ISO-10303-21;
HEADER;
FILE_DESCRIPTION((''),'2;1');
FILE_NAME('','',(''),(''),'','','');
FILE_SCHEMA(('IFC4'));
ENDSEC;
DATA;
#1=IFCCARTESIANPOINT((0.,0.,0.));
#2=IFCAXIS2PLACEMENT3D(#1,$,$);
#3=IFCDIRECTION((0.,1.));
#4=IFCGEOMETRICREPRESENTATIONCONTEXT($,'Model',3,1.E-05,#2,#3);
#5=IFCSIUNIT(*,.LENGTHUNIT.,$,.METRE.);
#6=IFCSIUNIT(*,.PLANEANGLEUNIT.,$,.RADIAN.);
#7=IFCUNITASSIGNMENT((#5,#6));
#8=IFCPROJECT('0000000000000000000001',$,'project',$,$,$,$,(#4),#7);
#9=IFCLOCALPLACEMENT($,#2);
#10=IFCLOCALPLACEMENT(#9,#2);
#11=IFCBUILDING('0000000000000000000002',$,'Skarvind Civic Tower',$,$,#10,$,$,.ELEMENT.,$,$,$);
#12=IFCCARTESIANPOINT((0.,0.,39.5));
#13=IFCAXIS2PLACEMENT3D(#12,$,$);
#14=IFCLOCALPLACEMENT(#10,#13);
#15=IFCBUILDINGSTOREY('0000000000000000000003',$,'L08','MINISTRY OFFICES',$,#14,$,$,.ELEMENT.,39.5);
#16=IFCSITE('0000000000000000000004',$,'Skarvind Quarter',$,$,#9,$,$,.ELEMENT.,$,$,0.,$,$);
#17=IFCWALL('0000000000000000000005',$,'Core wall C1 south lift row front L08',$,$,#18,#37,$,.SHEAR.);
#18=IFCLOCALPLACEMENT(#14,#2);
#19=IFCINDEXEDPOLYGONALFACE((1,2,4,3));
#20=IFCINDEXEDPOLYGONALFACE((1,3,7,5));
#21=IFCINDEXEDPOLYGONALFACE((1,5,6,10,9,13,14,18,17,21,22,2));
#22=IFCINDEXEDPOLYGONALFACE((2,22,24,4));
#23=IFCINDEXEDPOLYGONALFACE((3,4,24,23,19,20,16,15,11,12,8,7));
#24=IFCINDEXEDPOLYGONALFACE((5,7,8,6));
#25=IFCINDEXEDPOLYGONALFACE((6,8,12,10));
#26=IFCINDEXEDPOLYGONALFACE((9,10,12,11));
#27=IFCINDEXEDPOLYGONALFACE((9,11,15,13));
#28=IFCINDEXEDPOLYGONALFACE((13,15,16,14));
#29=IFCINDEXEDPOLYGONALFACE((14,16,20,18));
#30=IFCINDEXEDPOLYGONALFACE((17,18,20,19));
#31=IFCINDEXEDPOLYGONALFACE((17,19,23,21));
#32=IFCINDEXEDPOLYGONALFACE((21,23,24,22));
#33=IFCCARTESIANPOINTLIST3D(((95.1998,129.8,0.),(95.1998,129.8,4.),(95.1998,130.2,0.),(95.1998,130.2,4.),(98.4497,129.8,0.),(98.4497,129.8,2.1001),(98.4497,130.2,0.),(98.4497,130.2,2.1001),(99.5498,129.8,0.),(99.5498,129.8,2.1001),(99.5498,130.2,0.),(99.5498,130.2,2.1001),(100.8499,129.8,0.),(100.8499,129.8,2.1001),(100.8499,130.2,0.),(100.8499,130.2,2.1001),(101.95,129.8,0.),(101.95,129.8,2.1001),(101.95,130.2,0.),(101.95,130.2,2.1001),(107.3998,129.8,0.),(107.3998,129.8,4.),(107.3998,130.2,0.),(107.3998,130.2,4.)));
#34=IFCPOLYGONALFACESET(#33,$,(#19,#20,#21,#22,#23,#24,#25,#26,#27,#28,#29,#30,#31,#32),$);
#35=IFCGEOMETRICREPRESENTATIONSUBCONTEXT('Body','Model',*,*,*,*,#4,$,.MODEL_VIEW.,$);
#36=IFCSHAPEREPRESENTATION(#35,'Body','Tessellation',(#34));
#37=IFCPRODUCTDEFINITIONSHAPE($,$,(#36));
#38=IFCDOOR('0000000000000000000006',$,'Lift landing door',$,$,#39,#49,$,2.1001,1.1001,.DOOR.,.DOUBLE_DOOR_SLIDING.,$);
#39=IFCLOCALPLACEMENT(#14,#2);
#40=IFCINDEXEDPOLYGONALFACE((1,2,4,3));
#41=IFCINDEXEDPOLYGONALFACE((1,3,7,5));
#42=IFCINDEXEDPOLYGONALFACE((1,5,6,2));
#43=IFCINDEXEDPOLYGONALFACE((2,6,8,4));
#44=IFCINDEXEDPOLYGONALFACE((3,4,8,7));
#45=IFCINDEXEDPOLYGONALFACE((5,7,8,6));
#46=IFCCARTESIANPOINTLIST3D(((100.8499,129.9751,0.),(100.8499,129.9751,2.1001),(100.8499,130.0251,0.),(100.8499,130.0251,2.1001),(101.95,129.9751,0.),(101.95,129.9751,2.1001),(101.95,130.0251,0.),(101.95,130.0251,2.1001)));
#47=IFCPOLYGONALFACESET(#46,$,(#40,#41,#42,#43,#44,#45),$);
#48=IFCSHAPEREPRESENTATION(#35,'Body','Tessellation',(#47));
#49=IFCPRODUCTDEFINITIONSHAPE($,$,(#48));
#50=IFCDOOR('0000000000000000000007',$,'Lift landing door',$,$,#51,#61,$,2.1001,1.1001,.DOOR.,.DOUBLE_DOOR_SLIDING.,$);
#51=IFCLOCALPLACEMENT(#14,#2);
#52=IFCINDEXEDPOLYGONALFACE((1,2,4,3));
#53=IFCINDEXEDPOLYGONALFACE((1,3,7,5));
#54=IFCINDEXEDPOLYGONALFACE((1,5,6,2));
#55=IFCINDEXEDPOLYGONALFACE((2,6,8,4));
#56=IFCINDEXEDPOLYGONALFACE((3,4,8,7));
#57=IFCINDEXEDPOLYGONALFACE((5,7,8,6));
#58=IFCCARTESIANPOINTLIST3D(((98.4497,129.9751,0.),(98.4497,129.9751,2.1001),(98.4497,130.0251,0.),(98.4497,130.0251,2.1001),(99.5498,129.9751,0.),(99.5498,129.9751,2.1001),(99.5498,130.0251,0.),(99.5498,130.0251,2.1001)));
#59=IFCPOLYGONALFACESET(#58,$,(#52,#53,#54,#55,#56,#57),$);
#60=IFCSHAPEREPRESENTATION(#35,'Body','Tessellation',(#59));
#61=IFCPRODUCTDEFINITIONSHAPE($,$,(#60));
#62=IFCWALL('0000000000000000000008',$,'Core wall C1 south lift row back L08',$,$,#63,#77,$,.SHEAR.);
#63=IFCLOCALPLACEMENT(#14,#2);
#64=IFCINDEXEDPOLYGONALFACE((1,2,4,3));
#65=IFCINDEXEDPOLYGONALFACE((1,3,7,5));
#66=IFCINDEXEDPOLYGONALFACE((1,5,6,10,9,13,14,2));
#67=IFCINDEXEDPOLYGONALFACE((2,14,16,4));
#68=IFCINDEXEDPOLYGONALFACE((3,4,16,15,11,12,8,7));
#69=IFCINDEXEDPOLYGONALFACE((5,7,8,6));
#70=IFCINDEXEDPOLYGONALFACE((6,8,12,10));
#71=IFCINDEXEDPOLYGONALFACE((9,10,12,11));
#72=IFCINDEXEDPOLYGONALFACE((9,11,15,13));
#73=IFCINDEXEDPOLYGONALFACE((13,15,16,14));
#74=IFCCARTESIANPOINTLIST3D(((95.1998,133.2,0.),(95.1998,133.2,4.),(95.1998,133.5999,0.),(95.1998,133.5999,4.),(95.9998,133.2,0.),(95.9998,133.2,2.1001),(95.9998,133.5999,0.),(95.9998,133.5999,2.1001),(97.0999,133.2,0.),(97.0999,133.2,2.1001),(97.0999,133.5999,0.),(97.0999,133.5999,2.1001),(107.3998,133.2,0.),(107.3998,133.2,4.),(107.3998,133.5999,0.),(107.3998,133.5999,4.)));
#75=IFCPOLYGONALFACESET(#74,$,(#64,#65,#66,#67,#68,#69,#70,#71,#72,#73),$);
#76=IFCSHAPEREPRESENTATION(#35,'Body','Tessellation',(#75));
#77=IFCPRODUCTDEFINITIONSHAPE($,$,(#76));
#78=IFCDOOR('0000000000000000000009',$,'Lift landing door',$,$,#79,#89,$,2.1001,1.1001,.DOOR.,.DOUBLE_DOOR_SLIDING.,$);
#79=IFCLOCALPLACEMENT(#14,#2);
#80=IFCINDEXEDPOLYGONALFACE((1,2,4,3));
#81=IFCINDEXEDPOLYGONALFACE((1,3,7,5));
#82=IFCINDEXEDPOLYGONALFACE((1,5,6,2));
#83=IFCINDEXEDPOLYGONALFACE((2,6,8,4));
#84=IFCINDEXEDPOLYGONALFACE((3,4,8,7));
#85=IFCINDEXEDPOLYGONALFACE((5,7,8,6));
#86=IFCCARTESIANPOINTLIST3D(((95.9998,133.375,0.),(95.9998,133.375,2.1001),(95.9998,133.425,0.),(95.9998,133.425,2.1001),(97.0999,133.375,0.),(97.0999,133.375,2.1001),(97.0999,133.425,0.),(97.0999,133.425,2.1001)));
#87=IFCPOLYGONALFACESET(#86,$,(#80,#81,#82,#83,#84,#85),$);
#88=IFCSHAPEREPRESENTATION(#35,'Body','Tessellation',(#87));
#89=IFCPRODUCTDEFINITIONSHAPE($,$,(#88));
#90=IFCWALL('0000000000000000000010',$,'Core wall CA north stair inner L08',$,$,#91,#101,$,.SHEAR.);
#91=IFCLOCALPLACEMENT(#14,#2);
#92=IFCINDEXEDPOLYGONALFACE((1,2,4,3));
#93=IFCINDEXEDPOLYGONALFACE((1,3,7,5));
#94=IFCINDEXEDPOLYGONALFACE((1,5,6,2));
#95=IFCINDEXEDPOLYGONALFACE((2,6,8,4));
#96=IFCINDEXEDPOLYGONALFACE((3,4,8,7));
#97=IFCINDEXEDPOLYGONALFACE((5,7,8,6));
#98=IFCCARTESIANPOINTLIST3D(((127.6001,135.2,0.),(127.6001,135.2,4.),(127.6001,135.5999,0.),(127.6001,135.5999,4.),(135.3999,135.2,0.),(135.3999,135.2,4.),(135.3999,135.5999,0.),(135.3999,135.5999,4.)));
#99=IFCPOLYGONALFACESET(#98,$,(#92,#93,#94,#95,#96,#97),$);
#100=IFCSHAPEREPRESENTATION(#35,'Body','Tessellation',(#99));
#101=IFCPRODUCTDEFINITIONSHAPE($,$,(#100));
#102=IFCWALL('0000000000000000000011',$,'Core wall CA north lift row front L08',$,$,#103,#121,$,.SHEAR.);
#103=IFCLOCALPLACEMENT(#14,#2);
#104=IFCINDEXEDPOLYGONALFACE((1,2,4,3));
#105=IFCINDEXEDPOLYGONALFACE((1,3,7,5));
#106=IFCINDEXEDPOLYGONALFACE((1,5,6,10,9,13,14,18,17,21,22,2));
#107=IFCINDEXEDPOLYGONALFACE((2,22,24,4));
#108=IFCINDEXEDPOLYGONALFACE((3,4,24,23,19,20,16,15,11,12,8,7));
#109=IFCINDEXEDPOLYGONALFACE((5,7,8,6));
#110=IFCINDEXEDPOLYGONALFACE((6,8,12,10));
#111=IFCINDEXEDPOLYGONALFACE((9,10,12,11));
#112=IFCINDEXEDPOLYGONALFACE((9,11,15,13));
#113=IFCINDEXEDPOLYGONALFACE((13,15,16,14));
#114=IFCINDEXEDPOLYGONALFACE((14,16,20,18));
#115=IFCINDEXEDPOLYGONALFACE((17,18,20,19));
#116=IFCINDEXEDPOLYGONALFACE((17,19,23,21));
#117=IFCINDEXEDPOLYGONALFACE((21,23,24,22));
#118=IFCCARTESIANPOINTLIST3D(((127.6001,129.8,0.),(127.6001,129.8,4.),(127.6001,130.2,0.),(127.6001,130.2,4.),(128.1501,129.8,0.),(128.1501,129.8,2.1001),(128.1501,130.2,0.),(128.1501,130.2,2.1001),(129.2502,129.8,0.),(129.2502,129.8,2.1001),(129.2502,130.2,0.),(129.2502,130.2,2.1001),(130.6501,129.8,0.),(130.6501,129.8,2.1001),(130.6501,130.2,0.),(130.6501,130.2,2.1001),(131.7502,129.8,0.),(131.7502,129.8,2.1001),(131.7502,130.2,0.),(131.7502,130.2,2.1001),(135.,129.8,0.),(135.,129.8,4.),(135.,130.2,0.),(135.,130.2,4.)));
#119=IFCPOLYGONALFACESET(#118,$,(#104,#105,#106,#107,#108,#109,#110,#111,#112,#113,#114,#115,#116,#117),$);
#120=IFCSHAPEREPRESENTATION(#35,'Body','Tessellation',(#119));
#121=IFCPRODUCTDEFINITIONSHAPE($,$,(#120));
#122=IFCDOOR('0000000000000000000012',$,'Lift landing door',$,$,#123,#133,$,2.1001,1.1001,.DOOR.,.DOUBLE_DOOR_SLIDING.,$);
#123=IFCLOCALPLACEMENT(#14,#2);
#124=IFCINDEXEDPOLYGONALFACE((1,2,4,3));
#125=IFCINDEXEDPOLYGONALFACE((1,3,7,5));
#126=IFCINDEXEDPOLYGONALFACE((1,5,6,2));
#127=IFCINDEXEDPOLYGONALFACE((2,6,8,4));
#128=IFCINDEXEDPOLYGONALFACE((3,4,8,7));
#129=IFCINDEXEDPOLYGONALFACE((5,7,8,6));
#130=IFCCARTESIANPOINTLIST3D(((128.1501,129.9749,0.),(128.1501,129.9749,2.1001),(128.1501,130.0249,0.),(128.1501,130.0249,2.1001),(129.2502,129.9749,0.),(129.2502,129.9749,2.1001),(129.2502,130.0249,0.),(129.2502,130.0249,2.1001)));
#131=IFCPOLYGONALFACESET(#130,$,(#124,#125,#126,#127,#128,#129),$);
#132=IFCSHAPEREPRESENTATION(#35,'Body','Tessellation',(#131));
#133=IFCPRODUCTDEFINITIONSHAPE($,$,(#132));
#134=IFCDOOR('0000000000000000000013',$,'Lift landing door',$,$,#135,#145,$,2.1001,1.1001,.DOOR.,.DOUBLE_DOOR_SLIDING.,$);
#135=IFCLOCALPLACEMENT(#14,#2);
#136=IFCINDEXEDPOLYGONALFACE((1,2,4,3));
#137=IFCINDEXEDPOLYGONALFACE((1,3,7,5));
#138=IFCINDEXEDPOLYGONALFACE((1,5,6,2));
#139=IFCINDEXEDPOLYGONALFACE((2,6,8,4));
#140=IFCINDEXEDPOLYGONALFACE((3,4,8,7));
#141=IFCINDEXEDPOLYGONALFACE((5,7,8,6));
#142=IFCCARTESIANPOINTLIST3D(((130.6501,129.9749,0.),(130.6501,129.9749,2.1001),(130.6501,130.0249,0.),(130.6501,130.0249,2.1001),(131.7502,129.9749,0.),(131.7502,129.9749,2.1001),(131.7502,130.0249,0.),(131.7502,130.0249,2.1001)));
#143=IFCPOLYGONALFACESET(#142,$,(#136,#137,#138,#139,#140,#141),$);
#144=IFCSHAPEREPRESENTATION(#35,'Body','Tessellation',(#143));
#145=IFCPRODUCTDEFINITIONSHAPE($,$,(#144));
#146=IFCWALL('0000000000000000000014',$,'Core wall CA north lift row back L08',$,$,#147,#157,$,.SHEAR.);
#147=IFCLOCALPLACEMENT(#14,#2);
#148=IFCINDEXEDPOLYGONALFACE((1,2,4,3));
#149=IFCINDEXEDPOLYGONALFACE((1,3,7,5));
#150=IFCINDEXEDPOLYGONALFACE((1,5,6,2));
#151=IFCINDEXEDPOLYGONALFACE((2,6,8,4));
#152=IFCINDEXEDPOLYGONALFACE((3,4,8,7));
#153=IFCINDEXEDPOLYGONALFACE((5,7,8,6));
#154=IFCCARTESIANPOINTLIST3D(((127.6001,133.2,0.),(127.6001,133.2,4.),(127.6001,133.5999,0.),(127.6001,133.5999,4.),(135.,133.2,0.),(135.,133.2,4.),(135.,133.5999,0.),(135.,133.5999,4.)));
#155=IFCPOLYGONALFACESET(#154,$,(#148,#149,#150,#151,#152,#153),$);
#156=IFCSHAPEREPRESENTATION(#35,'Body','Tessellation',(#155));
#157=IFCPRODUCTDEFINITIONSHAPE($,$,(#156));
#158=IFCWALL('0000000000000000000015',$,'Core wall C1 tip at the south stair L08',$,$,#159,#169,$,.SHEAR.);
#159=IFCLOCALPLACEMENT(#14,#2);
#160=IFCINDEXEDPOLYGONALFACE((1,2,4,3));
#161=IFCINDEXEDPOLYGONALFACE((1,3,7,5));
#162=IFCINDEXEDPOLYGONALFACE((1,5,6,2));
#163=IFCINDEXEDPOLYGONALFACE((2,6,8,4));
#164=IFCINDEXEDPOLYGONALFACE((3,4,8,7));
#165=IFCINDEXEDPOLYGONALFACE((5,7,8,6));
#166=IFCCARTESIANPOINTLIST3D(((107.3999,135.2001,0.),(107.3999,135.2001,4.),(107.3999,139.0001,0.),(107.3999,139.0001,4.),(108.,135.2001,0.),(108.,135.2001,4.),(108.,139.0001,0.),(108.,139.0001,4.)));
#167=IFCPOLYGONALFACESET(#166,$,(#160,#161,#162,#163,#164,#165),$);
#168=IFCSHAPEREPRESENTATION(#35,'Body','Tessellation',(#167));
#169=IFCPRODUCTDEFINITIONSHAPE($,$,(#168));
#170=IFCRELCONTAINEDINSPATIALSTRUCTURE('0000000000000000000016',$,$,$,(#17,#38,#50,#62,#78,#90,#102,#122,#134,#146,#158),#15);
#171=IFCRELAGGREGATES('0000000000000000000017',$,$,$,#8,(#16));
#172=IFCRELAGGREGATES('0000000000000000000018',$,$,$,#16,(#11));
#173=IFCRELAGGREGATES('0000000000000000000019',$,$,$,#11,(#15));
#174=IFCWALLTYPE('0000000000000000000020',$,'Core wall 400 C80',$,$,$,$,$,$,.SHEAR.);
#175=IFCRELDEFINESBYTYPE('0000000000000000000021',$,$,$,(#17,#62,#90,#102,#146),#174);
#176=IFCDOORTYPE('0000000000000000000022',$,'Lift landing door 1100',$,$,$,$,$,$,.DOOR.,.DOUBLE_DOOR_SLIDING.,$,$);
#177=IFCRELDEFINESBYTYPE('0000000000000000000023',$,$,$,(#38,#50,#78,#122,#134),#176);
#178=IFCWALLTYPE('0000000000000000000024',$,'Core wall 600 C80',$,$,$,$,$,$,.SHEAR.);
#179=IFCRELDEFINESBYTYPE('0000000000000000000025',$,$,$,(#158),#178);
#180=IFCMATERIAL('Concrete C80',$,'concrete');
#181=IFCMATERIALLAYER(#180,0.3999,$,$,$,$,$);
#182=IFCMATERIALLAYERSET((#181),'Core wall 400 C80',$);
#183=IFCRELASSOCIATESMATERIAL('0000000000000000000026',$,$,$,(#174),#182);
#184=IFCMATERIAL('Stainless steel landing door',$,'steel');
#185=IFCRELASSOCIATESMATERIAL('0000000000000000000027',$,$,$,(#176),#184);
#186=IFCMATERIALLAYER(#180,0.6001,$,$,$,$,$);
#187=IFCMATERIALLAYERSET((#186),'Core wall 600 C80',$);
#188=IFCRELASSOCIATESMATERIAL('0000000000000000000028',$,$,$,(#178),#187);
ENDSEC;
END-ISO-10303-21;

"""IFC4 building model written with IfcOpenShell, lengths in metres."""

from ifc_helpers import new_model, si_unit, direction, frame, frame_2d, origin, place, context, subcontext, project, spatial, rectangle, extrude, material, layer, layer_set, type_object, element, fill, save


model = new_model("IFC4")

# Units and contexts
model_context = context("Model", 3, precision=1e-05, world=origin(), true_north=direction((0.0, 1.0)))
body_context = subcontext(model_context, "Body", "Model", "MODEL_VIEW")
ifc_project = project(units=[si_unit("LENGTHUNIT", "METRE"), si_unit("PLANEANGLEUNIT", "RADIAN")], contexts=[model_context])

# Site, building, storey
site_placement = place(None, origin())
site = spatial("IfcSite", under=ifc_project, at=site_placement, Name="Skarvind Quarter", CompositionType="ELEMENT", RefElevation=0.0)
building_placement = place(site_placement, origin())
building = spatial("IfcBuilding", under=site, at=building_placement, Name="Skarvind Civic Tower", CompositionType="ELEMENT")
storey_placement = place(building_placement, frame((0.0, 0.0, 39.5)))
storey = spatial("IfcBuildingStorey", under=building, at=storey_placement, Name="L08", Description="MINISTRY OFFICES", CompositionType="ELEMENT", Elevation=39.5)

# Wall, openings, doors
ifc_material_1 = material(Name="Concrete C80", Category="concrete")
ifc_layer_1 = layer(ifc_material_1, 0.3999)
ifc_layer_set_1 = layer_set([ifc_layer_1], Name="Core wall 400 C80")
wall_type_1 = type_object("IfcWallType", Name="Core wall 400 C80", PredefinedType="SHEAR", material=ifc_layer_set_1)
wall_1_placement = place(storey_placement, frame((107.3999, 130.0, 0.0), z_axis=(0.0, 0.0, 1.0), x_axis=(-1.0, 0.0, 0.0)))
wall_1 = element("IfcWall", 1, at=wall_1_placement, inside=storey, type_object=wall_type_1, Name="Core wall C1 south lift row front L08", PredefinedType="SHEAR", context=body_context, shape_type="SweptSolid", body=[
    extrude(rectangle(XDim=12.2, YDim=0.3999, at=frame_2d((6.1001, 0.0))), origin(), (0.0, 0.0, 1.0), 4.0),
])
opening_1_placement = place(wall_1_placement, frame((5.45, 0.0, 0.0)))
opening_1 = element("IfcOpeningElement", 2, at=opening_1_placement, cuts=wall_1, PredefinedType="OPENING", context=body_context, shape_type="SweptSolid", body=[
    extrude(rectangle(XDim=1.1001, YDim=2.1001, at=frame_2d((0.55, 1.05))), frame((0.0, 0.21, 0.0), z_axis=(0.0, -1.0, 0.0), x_axis=(1.0, 0.0, 0.0)), (0.0, 0.0, 1.0), 0.4199),
])
opening_2_placement = place(wall_1_placement, frame((7.8501, 0.0, 0.0)))
opening_2 = element("IfcOpeningElement", 3, at=opening_2_placement, cuts=wall_1, PredefinedType="OPENING", context=body_context, shape_type="SweptSolid", body=[
    extrude(rectangle(XDim=1.1001, YDim=2.1001, at=frame_2d((0.55, 1.05))), frame((0.0, 0.21, 0.0), z_axis=(0.0, -1.0, 0.0), x_axis=(1.0, 0.0, 0.0)), (0.0, 0.0, 1.0), 0.4199),
])
ifc_material_2 = material(Name="Stainless steel landing door", Category="steel")
door_type = type_object("IfcDoorType", Name="Lift landing door 1100", OperationType="DOUBLE_DOOR_SLIDING", PredefinedType="DOOR", material=ifc_material_2)
door_1_placement = place(opening_1_placement, origin())
door_1 = element("IfcDoor", 4, at=door_1_placement, inside=storey, type_object=door_type, Name="Lift landing door", OperationType="DOUBLE_DOOR_SLIDING", OverallHeight=2.1001, OverallWidth=1.1001, PredefinedType="DOOR", context=body_context, shape_type="SweptSolid", body=[
    extrude(rectangle(XDim=1.1001, YDim=2.1001, at=frame_2d((0.55, 1.05))), frame((0.0, 0.0249, 0.0), z_axis=(0.0, -1.0, 0.0), x_axis=(1.0, 0.0, 0.0)), (0.0, 0.0, 1.0), 0.05),
])
fill(opening_1, door_1)
door_2_placement = place(opening_2_placement, origin())
door_2 = element("IfcDoor", 5, at=door_2_placement, inside=storey, type_object=door_type, Name="Lift landing door", OperationType="DOUBLE_DOOR_SLIDING", OverallHeight=2.1001, OverallWidth=1.1001, PredefinedType="DOOR", context=body_context, shape_type="SweptSolid", body=[
    extrude(rectangle(XDim=1.1001, YDim=2.1001, at=frame_2d((0.55, 1.05))), frame((0.0, 0.0249, 0.0), z_axis=(0.0, -1.0, 0.0), x_axis=(1.0, 0.0, 0.0)), (0.0, 0.0, 1.0), 0.05),
])
fill(opening_2, door_2)

# Wall, opening, door
wall_2_placement = place(storey_placement, frame((107.3999, 133.3999, 0.0), z_axis=(0.0, 0.0, 1.0), x_axis=(-1.0, 0.0, 0.0)))
wall_2 = element("IfcWall", 6, at=wall_2_placement, inside=storey, type_object=wall_type_1, Name="Core wall C1 south lift row back L08", PredefinedType="SHEAR", context=body_context, shape_type="SweptSolid", body=[
    extrude(rectangle(XDim=12.2, YDim=0.3999, at=frame_2d((6.1001, 0.0))), origin(), (0.0, 0.0, 1.0), 4.0),
])
opening_3_placement = place(wall_2_placement, frame((10.3, 0.0, 0.0)))
opening_3 = element("IfcOpeningElement", 7, at=opening_3_placement, cuts=wall_2, PredefinedType="OPENING", context=body_context, shape_type="SweptSolid", body=[
    extrude(rectangle(XDim=1.1001, YDim=2.1001, at=frame_2d((0.55, 1.05))), frame((0.0, 0.21, 0.0), z_axis=(0.0, -1.0, 0.0), x_axis=(1.0, 0.0, 0.0)), (0.0, 0.0, 1.0), 0.4199),
])
door_3_placement = place(opening_3_placement, origin())
door_3 = element("IfcDoor", 8, at=door_3_placement, inside=storey, type_object=door_type, Name="Lift landing door", OperationType="DOUBLE_DOOR_SLIDING", OverallHeight=2.1001, OverallWidth=1.1001, PredefinedType="DOOR", context=body_context, shape_type="SweptSolid", body=[
    extrude(rectangle(XDim=1.1001, YDim=2.1001, at=frame_2d((0.55, 1.05))), frame((0.0, 0.0249, 0.0), z_axis=(0.0, -1.0, 0.0), x_axis=(1.0, 0.0, 0.0)), (0.0, 0.0, 1.0), 0.05),
])
fill(opening_3, door_3)

# Wall
wall_3_placement = place(storey_placement, frame((127.6001, 135.3999, 0.0), z_axis=(0.0, 0.0, 1.0), x_axis=(1.0, 0.0, 0.0)))
element("IfcWall", 9, at=wall_3_placement, inside=storey, type_object=wall_type_1, Name="Core wall CA north stair inner L08", PredefinedType="SHEAR", context=body_context, shape_type="SweptSolid", body=[
    extrude(rectangle(XDim=7.7998, YDim=0.3999, at=frame_2d((3.8999, 0.0))), origin(), (0.0, 0.0, 1.0), 4.0),
])

# Wall, openings, doors
wall_4_placement = place(storey_placement, frame((127.6001, 130.0, 0.0), z_axis=(0.0, 0.0, 1.0), x_axis=(1.0, 0.0, 0.0)))
wall_4 = element("IfcWall", 10, at=wall_4_placement, inside=storey, type_object=wall_type_1, Name="Core wall CA north lift row front L08", PredefinedType="SHEAR", context=body_context, shape_type="SweptSolid", body=[
    extrude(rectangle(XDim=7.3999, YDim=0.3999, at=frame_2d((3.7, 0.0))), origin(), (0.0, 0.0, 1.0), 4.0),
])
opening_4_placement = place(wall_4_placement, frame((0.55, 0.0, 0.0)))
opening_4 = element("IfcOpeningElement", 11, at=opening_4_placement, cuts=wall_4, PredefinedType="OPENING", context=body_context, shape_type="SweptSolid", body=[
    extrude(rectangle(XDim=1.1001, YDim=2.1001, at=frame_2d((0.55, 1.05))), frame((0.0, 0.21, 0.0), z_axis=(0.0, -1.0, 0.0), x_axis=(1.0, 0.0, 0.0)), (0.0, 0.0, 1.0), 0.4199),
])
opening_5_placement = place(wall_4_placement, frame((3.05, 0.0, 0.0)))
opening_5 = element("IfcOpeningElement", 12, at=opening_5_placement, cuts=wall_4, PredefinedType="OPENING", context=body_context, shape_type="SweptSolid", body=[
    extrude(rectangle(XDim=1.1001, YDim=2.1001, at=frame_2d((0.55, 1.05))), frame((0.0, 0.21, 0.0), z_axis=(0.0, -1.0, 0.0), x_axis=(1.0, 0.0, 0.0)), (0.0, 0.0, 1.0), 0.4199),
])
door_4_placement = place(opening_4_placement, origin())
door_4 = element("IfcDoor", 13, at=door_4_placement, inside=storey, type_object=door_type, Name="Lift landing door", OperationType="DOUBLE_DOOR_SLIDING", OverallHeight=2.1001, OverallWidth=1.1001, PredefinedType="DOOR", context=body_context, shape_type="SweptSolid", body=[
    extrude(rectangle(XDim=1.1001, YDim=2.1001, at=frame_2d((0.55, 1.05))), frame((0.0, 0.0249, 0.0), z_axis=(0.0, -1.0, 0.0), x_axis=(1.0, 0.0, 0.0)), (0.0, 0.0, 1.0), 0.05),
])
fill(opening_4, door_4)
door_5_placement = place(opening_5_placement, origin())
door_5 = element("IfcDoor", 14, at=door_5_placement, inside=storey, type_object=door_type, Name="Lift landing door", OperationType="DOUBLE_DOOR_SLIDING", OverallHeight=2.1001, OverallWidth=1.1001, PredefinedType="DOOR", context=body_context, shape_type="SweptSolid", body=[
    extrude(rectangle(XDim=1.1001, YDim=2.1001, at=frame_2d((0.55, 1.05))), frame((0.0, 0.0249, 0.0), z_axis=(0.0, -1.0, 0.0), x_axis=(1.0, 0.0, 0.0)), (0.0, 0.0, 1.0), 0.05),
])
fill(opening_5, door_5)

# Walls
wall_5_placement = place(storey_placement, frame((127.6001, 133.3999, 0.0), z_axis=(0.0, 0.0, 1.0), x_axis=(1.0, 0.0, 0.0)))
element("IfcWall", 15, at=wall_5_placement, inside=storey, type_object=wall_type_1, Name="Core wall CA north lift row back L08", PredefinedType="SHEAR", context=body_context, shape_type="SweptSolid", body=[
    extrude(rectangle(XDim=7.3999, YDim=0.3999, at=frame_2d((3.7, 0.0))), origin(), (0.0, 0.0, 1.0), 4.0),
])
ifc_layer_2 = layer(ifc_material_1, 0.6001)
ifc_layer_set_2 = layer_set([ifc_layer_2], Name="Core wall 600 C80")
wall_type_2 = type_object("IfcWallType", Name="Core wall 600 C80", PredefinedType="SHEAR", material=ifc_layer_set_2)
wall_6_placement = place(storey_placement, frame((107.7, 139.0, 0.0), z_axis=(0.0, 0.0, 1.0), x_axis=(0.0, -1.0, 0.0)))
element("IfcWall", 16, at=wall_6_placement, inside=storey, type_object=wall_type_2, Name="Core wall C1 tip at the south stair L08", PredefinedType="SHEAR", context=body_context, shape_type="SweptSolid", body=[
    extrude(rectangle(XDim=3.8, YDim=0.6001, at=frame_2d((1.8999, 0.0))), origin(), (0.0, 0.0, 1.0), 4.0),
])

save(model, "model.ifc")
